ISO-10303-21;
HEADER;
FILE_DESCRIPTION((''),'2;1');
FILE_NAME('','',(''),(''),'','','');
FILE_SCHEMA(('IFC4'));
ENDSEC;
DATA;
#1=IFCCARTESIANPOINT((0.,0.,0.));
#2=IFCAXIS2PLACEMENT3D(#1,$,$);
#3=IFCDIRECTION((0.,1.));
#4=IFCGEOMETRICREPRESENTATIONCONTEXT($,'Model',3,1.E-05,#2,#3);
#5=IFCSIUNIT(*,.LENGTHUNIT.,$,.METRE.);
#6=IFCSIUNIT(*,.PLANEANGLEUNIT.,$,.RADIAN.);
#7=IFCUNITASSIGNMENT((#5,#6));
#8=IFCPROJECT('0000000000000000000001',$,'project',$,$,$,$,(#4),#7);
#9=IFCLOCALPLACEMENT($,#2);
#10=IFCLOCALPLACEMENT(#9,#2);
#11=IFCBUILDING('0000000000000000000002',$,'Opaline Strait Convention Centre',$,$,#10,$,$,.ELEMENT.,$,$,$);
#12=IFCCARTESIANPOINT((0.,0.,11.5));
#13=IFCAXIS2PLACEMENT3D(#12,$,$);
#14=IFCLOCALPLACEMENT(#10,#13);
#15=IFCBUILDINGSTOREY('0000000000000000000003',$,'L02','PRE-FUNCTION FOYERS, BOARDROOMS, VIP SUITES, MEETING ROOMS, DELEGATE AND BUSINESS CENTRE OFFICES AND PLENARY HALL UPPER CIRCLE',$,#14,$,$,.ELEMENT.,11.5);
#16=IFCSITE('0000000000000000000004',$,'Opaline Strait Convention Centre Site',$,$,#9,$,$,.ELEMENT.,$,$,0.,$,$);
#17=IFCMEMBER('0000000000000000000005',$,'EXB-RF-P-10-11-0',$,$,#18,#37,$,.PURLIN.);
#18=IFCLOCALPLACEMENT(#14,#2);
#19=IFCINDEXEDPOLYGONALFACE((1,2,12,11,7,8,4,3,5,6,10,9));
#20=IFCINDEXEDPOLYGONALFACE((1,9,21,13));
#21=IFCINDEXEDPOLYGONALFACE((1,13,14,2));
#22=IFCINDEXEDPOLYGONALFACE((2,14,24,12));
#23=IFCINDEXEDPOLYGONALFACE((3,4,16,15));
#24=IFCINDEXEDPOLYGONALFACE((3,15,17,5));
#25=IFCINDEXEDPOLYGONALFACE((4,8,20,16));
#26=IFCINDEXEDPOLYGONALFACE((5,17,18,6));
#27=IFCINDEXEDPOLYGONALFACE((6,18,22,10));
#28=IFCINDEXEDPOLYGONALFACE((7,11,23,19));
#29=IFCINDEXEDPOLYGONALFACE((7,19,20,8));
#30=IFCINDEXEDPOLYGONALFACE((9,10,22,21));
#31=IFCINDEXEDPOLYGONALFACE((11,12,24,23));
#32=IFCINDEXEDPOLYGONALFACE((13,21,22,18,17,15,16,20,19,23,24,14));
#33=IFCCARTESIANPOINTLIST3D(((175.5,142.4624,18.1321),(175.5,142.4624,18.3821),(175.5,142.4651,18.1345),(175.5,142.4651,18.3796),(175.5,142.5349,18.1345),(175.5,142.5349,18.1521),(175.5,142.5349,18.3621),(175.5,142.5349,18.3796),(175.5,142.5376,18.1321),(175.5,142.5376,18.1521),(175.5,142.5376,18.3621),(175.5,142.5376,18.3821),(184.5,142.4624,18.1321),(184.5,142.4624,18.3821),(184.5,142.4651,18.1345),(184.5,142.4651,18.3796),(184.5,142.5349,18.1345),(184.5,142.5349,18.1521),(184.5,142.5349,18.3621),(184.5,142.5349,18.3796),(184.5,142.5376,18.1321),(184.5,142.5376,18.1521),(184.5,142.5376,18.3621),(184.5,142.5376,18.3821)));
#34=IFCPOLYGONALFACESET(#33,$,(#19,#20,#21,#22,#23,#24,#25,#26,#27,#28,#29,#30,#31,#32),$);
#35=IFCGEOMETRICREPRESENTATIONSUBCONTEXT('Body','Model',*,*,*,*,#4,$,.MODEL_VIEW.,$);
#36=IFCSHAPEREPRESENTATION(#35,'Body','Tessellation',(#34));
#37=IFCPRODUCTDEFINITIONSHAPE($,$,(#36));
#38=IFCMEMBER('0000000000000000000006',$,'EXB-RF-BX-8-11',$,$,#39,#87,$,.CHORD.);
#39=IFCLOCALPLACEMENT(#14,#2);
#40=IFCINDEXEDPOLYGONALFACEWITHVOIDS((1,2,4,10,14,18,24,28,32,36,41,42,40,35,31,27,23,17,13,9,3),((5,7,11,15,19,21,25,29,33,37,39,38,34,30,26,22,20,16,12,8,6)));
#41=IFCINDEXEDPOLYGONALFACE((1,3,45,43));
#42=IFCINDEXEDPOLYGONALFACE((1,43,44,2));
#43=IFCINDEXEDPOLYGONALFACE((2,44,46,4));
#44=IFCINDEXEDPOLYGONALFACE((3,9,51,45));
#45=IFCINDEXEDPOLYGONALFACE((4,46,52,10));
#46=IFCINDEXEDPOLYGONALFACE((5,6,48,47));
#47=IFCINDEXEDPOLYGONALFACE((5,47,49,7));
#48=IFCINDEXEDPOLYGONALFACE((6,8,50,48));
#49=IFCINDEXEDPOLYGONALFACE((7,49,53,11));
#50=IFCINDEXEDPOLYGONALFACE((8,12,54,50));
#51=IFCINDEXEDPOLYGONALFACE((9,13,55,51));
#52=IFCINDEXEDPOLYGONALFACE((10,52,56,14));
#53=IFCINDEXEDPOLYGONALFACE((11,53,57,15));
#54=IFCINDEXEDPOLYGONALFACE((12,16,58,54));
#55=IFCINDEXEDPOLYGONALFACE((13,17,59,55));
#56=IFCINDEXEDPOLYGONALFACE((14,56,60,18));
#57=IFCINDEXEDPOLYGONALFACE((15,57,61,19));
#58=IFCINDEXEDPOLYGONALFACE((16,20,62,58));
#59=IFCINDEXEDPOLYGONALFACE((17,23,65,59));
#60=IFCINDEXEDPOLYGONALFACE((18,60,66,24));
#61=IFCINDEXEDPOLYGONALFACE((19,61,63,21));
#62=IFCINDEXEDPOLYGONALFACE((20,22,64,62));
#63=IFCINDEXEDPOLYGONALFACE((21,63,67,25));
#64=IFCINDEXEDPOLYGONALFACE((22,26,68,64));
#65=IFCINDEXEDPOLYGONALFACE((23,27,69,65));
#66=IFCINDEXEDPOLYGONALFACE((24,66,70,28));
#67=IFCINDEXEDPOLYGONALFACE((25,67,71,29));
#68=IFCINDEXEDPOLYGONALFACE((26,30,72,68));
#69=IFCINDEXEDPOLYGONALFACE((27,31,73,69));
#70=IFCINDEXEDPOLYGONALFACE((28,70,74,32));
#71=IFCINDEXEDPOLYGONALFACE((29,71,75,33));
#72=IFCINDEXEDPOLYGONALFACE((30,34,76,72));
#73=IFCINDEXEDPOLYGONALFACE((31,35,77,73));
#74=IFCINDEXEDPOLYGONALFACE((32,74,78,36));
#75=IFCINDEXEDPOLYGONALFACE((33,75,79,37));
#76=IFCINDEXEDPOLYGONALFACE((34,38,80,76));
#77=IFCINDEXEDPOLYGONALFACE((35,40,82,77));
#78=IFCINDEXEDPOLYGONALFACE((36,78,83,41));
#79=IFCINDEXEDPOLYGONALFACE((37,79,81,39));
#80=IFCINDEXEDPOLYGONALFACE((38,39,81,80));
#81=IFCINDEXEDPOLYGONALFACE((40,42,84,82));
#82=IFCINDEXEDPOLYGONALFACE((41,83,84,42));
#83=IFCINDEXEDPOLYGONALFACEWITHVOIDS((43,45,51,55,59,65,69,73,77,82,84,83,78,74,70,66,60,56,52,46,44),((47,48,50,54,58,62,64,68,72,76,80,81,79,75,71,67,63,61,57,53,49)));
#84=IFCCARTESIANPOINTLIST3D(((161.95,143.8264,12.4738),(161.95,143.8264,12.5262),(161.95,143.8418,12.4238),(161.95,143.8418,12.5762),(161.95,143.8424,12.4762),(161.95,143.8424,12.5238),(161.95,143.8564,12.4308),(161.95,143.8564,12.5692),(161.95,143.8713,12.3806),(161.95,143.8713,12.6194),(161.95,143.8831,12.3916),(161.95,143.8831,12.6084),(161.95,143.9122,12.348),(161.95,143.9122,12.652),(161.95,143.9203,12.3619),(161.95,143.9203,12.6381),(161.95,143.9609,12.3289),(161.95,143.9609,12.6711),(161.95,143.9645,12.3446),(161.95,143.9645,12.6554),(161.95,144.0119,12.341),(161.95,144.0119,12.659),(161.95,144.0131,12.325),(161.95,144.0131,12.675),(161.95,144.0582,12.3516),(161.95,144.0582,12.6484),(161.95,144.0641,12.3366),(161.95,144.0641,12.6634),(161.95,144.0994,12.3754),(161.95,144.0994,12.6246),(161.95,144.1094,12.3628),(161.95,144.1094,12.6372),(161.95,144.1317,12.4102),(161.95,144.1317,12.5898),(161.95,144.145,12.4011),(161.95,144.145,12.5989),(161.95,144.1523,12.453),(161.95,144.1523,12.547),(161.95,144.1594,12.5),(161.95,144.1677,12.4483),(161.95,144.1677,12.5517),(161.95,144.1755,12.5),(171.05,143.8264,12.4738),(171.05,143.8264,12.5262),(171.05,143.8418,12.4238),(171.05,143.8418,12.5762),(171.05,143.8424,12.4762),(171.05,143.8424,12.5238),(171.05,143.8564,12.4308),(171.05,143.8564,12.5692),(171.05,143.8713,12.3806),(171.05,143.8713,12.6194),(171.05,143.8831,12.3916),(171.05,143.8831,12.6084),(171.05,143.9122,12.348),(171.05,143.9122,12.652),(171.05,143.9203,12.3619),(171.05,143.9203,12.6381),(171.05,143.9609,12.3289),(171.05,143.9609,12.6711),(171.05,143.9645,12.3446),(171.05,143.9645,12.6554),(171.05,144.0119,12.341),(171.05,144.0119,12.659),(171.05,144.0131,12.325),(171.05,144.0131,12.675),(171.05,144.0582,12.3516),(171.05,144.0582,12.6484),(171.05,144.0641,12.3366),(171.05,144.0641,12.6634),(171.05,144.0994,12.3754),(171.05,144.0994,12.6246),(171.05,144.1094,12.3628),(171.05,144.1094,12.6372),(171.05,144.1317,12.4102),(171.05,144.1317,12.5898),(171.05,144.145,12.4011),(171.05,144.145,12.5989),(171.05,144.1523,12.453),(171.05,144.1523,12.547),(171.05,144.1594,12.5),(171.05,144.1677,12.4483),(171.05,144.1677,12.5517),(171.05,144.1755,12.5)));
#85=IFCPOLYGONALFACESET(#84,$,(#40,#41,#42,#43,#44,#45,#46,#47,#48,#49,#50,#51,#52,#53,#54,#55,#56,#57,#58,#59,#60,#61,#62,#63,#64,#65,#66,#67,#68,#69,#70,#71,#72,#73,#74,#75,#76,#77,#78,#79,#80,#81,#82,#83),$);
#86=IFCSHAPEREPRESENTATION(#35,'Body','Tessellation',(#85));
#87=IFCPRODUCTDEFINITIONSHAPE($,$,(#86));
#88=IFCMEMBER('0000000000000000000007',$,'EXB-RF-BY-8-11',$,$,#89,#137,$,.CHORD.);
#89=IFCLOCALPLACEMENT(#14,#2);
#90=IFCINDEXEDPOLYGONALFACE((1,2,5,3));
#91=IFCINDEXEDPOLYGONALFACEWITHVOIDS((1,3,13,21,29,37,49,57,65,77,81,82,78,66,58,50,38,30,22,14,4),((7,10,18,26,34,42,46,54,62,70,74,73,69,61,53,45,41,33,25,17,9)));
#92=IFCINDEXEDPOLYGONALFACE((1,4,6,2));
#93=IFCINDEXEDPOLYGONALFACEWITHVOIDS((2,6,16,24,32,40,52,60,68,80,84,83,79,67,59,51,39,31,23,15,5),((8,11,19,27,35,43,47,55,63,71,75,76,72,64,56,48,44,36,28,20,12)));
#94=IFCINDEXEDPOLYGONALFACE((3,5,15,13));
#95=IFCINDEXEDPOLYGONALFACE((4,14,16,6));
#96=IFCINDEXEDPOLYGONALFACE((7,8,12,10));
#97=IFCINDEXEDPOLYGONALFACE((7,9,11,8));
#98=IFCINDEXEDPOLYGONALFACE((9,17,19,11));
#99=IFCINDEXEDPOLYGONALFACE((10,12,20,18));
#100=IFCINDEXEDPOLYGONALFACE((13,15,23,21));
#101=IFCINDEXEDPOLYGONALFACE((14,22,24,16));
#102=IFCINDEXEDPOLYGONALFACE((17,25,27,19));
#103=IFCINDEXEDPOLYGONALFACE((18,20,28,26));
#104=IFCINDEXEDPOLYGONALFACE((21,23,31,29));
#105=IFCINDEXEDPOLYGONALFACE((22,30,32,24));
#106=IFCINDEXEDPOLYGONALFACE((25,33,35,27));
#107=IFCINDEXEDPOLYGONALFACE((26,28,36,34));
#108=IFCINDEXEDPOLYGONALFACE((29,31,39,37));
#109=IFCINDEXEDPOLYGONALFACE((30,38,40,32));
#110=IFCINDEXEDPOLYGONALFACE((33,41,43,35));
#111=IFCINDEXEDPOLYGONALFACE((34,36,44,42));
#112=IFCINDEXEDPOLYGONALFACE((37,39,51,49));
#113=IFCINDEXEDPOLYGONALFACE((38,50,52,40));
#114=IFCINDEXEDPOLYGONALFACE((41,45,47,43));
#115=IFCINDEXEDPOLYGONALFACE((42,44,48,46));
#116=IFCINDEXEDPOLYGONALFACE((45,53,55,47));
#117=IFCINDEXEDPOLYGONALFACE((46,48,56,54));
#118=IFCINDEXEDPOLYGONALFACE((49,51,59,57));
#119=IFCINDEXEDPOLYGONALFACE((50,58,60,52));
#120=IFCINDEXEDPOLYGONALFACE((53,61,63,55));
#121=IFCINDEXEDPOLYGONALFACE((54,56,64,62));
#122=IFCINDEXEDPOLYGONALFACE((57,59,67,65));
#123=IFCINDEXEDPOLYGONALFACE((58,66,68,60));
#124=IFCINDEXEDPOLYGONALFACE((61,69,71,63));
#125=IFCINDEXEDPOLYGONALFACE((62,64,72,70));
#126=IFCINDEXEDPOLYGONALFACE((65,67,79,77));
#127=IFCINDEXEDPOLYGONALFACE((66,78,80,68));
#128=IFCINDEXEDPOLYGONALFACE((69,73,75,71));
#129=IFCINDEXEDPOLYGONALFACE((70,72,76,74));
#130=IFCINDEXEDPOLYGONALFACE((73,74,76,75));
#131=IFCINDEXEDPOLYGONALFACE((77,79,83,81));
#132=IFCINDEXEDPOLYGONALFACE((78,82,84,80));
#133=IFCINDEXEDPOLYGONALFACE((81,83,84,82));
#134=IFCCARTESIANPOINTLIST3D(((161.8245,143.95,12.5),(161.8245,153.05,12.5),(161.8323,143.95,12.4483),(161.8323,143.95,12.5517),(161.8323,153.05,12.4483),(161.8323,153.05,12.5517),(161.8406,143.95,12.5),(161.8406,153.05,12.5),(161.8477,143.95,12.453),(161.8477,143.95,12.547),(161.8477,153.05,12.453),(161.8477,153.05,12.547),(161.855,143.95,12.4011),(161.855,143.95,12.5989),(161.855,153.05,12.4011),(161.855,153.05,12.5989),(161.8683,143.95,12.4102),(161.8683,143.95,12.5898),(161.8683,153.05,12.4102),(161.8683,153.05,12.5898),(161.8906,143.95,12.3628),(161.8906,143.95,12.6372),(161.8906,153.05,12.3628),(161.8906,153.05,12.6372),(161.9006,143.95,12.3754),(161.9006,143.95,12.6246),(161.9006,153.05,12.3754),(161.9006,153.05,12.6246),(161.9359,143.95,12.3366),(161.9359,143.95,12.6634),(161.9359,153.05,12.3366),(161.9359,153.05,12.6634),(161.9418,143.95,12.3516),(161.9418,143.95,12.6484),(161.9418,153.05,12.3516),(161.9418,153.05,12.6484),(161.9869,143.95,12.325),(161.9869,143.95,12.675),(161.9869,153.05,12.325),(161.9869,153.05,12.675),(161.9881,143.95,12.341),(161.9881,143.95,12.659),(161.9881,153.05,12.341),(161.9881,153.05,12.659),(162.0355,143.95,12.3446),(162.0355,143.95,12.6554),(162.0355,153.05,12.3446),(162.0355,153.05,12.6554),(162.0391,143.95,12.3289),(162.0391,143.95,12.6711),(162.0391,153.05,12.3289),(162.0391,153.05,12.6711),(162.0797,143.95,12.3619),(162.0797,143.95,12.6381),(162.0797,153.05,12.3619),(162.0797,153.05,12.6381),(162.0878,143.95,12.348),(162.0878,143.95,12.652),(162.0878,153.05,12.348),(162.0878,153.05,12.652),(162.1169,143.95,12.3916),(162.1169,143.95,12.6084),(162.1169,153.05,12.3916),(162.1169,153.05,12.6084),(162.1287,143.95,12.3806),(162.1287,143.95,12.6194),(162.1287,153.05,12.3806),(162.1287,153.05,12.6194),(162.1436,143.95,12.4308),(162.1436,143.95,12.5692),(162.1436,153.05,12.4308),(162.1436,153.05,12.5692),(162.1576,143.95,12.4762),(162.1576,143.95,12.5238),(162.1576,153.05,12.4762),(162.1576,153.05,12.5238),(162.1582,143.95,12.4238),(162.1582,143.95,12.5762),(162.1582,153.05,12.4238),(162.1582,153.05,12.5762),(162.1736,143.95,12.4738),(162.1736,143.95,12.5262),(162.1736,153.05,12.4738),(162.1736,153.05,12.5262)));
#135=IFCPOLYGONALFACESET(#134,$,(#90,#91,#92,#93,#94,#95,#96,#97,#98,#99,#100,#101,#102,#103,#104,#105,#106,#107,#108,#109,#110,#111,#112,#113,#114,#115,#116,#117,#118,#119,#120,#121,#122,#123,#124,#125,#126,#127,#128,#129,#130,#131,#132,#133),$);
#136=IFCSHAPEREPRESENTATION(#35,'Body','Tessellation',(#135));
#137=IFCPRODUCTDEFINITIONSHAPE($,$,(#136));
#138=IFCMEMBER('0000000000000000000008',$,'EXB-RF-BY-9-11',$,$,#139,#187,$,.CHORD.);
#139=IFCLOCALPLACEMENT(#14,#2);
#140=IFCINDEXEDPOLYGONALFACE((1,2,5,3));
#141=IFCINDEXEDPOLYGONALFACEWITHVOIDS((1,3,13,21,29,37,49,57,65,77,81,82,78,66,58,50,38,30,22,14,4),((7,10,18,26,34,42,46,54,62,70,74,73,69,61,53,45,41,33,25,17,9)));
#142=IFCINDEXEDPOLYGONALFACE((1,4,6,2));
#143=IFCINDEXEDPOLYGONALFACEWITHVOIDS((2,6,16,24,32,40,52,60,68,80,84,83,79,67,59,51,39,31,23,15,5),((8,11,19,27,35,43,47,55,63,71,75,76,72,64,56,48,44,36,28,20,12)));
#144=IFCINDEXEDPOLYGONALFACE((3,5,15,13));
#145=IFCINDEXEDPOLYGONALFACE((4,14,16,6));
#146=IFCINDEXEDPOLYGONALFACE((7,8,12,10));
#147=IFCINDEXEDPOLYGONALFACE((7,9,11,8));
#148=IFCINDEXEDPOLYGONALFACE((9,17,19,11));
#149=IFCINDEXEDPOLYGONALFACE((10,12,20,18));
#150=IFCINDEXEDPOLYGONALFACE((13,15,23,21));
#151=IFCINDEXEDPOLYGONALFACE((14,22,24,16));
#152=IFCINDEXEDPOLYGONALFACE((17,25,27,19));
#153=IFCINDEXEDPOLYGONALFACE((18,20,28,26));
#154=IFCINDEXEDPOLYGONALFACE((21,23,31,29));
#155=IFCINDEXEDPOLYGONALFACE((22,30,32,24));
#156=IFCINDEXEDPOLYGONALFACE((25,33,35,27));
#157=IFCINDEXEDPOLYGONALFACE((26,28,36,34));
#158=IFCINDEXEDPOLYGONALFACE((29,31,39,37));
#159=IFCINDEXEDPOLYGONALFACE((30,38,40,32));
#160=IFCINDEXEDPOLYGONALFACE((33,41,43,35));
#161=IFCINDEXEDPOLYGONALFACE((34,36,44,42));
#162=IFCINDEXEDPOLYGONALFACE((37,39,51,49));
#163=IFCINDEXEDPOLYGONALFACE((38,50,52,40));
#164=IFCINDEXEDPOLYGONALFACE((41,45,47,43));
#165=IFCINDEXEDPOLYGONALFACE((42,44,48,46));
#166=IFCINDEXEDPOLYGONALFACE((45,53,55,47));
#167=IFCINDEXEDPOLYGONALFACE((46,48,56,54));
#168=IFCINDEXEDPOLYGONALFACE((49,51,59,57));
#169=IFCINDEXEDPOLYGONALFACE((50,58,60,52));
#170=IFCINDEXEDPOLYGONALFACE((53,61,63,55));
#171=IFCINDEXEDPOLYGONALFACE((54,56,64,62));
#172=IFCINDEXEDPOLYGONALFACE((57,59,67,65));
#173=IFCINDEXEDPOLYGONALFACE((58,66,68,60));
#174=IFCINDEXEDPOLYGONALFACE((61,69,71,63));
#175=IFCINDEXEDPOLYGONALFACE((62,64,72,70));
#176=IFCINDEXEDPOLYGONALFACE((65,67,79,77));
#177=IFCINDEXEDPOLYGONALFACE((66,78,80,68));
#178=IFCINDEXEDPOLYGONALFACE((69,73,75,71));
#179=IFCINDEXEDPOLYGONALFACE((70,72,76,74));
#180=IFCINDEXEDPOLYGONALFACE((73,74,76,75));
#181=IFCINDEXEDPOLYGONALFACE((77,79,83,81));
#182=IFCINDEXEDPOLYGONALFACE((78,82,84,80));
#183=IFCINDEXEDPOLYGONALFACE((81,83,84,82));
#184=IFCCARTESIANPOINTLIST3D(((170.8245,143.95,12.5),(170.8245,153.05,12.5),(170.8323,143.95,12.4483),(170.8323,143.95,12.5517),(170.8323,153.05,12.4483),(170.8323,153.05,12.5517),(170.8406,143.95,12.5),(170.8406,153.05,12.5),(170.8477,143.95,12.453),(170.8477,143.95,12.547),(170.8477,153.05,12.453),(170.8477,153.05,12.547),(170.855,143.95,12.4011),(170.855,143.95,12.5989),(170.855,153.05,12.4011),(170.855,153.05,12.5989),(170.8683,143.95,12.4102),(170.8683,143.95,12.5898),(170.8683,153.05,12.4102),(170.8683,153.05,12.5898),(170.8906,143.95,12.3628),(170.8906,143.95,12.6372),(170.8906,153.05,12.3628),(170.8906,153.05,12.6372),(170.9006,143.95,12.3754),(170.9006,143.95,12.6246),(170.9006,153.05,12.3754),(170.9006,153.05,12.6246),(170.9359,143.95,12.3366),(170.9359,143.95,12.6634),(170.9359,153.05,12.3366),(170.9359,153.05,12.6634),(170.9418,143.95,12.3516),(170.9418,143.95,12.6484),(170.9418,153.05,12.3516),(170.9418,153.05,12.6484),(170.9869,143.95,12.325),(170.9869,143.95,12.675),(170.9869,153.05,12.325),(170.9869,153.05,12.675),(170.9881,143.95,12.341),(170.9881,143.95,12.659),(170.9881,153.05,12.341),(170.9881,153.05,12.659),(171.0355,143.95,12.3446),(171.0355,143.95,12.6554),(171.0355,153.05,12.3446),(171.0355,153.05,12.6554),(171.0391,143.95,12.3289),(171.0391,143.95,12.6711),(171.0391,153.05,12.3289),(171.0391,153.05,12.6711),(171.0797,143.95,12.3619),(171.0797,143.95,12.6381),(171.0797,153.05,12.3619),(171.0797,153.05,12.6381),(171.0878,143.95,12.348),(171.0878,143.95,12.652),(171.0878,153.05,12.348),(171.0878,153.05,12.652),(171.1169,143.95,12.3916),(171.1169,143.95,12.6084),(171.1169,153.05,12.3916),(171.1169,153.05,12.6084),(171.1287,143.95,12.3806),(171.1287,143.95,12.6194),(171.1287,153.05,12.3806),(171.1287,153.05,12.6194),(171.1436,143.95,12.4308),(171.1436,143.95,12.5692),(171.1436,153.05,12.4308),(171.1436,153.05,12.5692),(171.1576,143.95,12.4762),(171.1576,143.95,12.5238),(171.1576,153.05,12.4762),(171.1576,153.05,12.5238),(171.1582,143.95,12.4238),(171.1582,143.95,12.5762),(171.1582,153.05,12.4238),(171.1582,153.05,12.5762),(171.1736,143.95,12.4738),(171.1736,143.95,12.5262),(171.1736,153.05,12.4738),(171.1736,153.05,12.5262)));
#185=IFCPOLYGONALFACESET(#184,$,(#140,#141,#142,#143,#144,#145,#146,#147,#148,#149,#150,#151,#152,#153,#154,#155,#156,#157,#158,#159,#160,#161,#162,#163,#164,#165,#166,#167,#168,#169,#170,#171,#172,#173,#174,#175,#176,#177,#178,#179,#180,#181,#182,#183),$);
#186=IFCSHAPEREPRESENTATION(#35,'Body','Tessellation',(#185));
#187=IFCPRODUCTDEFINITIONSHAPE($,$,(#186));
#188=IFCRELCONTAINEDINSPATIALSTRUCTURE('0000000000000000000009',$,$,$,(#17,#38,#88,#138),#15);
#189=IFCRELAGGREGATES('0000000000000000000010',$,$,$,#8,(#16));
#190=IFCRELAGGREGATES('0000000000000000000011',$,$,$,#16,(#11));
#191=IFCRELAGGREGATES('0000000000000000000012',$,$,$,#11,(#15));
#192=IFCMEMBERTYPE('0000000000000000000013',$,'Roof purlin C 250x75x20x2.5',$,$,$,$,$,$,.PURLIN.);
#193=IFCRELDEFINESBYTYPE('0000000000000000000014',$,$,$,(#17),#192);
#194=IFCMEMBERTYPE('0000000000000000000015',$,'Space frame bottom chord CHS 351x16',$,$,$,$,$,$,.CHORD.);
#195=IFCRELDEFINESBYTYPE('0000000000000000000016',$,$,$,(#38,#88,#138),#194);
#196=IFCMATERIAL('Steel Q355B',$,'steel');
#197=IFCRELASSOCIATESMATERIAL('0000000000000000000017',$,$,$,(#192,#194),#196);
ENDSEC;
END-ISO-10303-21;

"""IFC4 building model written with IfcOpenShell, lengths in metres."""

from ifc_helpers import new_model, si_unit, direction, frame, origin, origin_2d, place, context, subcontext, project, spatial, polyline, hollow_circle, outline, extrude, material, material_profile, profile_set, type_object, element, save


model = new_model("IFC4")

# Units and contexts
model_context = context("Model", 3, precision=1e-05, world=origin(), true_north=direction((0.0, 1.0)))
body_context = subcontext(model_context, "Body", "Model", "MODEL_VIEW")
ifc_project = project(units=[si_unit("LENGTHUNIT", "METRE"), si_unit("PLANEANGLEUNIT", "RADIAN")], contexts=[model_context])

# Site, building, storey
site_placement = place(None, origin())
site = spatial("IfcSite", under=ifc_project, at=site_placement, Name="Opaline Strait Convention Centre Site", CompositionType="ELEMENT", RefElevation=0.0)
building_placement = place(site_placement, origin())
building = spatial("IfcBuilding", under=site, at=building_placement, Name="Opaline Strait Convention Centre", CompositionType="ELEMENT")
storey_placement = place(building_placement, frame((0.0, 0.0, 11.5)))
storey = spatial("IfcBuildingStorey", under=building, at=storey_placement, Name="L02", Description="PRE-FUNCTION FOYERS, BOARDROOMS, VIP SUITES, MEETING ROOMS, DELEGATE AND BUSINESS CENTRE OFFICES AND PLENARY HALL UPPER CIRCLE", CompositionType="ELEMENT", Elevation=11.5)

# Members
ifc_material_1 = material(Name="Steel Q355B", Category="steel")
ifc_material_profile_1 = material_profile(ifc_material_1, outline(polyline([(-0.0376, -0.125), (0.0376, -0.125), (0.0376, -0.105), (0.0349, -0.105), (0.0349, -0.1226), (-0.0349, -0.1226), (-0.0349, 0.1226), (0.0349, 0.1226), (0.0349, 0.105), (0.0376, 0.105), (0.0376, 0.125), (-0.0376, 0.125), (-0.0376, -0.125)])), Name="C 250x75x20x2.5")
ifc_profile_set_1 = profile_set([ifc_material_profile_1], Name="Steel Q355B")
member_type_1 = type_object("IfcMemberType", Name="Roof purlin C 250x75x20x2.5", PredefinedType="PURLIN", material=ifc_profile_set_1)
for number, where, z_axis, x_axis, name in (
    (1, (175.5, 142.5, 18.2571), (1.0, 0.0, 0.0), (0.0, 1.0, 0.0), "EXB-RF-P-10-11-0"),
):
    element("IfcMember", number, at=place(storey_placement, frame(where, z_axis=z_axis, x_axis=x_axis)), inside=storey, type_object=member_type_1, Name=name, PredefinedType="PURLIN", context=body_context, shape_type="SweptSolid", body=[
        extrude(outline(polyline([(-0.0376, -0.125), (0.0376, -0.125), (0.0376, -0.105), (0.0349, -0.105), (0.0349, -0.1226), (-0.0349, -0.1226), (-0.0349, 0.1226), (0.0349, 0.1226), (0.0349, 0.105), (0.0376, 0.105), (0.0376, 0.125), (-0.0376, 0.125), (-0.0376, -0.125)])), origin(), (0.0, 0.0, 1.0), 9.0),
    ])
ifc_material_profile_2 = material_profile(ifc_material_1, hollow_circle(Radius=0.1755, WallThickness=0.0161, at=origin_2d()), Name="CHS 351x16")
ifc_profile_set_2 = profile_set([ifc_material_profile_2], Name="Steel Q355B")
member_type_2 = type_object("IfcMemberType", Name="Space frame bottom chord CHS 351x16", PredefinedType="CHORD", material=ifc_profile_set_2)
for number, where, z_axis, x_axis, name in (
    (2, (161.95, 144.0, 12.5), (1.0, 0.0, 0.0), (0.0, 1.0, 0.0), "EXB-RF-BX-8-11"),
    (3, (162.0, 143.95, 12.5), (0.0, 1.0, 0.0), (-1.0, 0.0, 0.0), "EXB-RF-BY-8-11"),
    (4, (171.0, 143.95, 12.5), (0.0, 1.0, 0.0), (-1.0, 0.0, 0.0), "EXB-RF-BY-9-11"),
):
    element("IfcMember", number, at=place(storey_placement, frame(where, z_axis=z_axis, x_axis=x_axis)), inside=storey, type_object=member_type_2, Name=name, PredefinedType="CHORD", context=body_context, shape_type="SweptSolid", body=[
        extrude(hollow_circle(Radius=0.1755, WallThickness=0.0161, at=origin_2d()), origin(), (0.0, 0.0, 1.0), 9.1001),
    ])

save(model, "model.ifc")
